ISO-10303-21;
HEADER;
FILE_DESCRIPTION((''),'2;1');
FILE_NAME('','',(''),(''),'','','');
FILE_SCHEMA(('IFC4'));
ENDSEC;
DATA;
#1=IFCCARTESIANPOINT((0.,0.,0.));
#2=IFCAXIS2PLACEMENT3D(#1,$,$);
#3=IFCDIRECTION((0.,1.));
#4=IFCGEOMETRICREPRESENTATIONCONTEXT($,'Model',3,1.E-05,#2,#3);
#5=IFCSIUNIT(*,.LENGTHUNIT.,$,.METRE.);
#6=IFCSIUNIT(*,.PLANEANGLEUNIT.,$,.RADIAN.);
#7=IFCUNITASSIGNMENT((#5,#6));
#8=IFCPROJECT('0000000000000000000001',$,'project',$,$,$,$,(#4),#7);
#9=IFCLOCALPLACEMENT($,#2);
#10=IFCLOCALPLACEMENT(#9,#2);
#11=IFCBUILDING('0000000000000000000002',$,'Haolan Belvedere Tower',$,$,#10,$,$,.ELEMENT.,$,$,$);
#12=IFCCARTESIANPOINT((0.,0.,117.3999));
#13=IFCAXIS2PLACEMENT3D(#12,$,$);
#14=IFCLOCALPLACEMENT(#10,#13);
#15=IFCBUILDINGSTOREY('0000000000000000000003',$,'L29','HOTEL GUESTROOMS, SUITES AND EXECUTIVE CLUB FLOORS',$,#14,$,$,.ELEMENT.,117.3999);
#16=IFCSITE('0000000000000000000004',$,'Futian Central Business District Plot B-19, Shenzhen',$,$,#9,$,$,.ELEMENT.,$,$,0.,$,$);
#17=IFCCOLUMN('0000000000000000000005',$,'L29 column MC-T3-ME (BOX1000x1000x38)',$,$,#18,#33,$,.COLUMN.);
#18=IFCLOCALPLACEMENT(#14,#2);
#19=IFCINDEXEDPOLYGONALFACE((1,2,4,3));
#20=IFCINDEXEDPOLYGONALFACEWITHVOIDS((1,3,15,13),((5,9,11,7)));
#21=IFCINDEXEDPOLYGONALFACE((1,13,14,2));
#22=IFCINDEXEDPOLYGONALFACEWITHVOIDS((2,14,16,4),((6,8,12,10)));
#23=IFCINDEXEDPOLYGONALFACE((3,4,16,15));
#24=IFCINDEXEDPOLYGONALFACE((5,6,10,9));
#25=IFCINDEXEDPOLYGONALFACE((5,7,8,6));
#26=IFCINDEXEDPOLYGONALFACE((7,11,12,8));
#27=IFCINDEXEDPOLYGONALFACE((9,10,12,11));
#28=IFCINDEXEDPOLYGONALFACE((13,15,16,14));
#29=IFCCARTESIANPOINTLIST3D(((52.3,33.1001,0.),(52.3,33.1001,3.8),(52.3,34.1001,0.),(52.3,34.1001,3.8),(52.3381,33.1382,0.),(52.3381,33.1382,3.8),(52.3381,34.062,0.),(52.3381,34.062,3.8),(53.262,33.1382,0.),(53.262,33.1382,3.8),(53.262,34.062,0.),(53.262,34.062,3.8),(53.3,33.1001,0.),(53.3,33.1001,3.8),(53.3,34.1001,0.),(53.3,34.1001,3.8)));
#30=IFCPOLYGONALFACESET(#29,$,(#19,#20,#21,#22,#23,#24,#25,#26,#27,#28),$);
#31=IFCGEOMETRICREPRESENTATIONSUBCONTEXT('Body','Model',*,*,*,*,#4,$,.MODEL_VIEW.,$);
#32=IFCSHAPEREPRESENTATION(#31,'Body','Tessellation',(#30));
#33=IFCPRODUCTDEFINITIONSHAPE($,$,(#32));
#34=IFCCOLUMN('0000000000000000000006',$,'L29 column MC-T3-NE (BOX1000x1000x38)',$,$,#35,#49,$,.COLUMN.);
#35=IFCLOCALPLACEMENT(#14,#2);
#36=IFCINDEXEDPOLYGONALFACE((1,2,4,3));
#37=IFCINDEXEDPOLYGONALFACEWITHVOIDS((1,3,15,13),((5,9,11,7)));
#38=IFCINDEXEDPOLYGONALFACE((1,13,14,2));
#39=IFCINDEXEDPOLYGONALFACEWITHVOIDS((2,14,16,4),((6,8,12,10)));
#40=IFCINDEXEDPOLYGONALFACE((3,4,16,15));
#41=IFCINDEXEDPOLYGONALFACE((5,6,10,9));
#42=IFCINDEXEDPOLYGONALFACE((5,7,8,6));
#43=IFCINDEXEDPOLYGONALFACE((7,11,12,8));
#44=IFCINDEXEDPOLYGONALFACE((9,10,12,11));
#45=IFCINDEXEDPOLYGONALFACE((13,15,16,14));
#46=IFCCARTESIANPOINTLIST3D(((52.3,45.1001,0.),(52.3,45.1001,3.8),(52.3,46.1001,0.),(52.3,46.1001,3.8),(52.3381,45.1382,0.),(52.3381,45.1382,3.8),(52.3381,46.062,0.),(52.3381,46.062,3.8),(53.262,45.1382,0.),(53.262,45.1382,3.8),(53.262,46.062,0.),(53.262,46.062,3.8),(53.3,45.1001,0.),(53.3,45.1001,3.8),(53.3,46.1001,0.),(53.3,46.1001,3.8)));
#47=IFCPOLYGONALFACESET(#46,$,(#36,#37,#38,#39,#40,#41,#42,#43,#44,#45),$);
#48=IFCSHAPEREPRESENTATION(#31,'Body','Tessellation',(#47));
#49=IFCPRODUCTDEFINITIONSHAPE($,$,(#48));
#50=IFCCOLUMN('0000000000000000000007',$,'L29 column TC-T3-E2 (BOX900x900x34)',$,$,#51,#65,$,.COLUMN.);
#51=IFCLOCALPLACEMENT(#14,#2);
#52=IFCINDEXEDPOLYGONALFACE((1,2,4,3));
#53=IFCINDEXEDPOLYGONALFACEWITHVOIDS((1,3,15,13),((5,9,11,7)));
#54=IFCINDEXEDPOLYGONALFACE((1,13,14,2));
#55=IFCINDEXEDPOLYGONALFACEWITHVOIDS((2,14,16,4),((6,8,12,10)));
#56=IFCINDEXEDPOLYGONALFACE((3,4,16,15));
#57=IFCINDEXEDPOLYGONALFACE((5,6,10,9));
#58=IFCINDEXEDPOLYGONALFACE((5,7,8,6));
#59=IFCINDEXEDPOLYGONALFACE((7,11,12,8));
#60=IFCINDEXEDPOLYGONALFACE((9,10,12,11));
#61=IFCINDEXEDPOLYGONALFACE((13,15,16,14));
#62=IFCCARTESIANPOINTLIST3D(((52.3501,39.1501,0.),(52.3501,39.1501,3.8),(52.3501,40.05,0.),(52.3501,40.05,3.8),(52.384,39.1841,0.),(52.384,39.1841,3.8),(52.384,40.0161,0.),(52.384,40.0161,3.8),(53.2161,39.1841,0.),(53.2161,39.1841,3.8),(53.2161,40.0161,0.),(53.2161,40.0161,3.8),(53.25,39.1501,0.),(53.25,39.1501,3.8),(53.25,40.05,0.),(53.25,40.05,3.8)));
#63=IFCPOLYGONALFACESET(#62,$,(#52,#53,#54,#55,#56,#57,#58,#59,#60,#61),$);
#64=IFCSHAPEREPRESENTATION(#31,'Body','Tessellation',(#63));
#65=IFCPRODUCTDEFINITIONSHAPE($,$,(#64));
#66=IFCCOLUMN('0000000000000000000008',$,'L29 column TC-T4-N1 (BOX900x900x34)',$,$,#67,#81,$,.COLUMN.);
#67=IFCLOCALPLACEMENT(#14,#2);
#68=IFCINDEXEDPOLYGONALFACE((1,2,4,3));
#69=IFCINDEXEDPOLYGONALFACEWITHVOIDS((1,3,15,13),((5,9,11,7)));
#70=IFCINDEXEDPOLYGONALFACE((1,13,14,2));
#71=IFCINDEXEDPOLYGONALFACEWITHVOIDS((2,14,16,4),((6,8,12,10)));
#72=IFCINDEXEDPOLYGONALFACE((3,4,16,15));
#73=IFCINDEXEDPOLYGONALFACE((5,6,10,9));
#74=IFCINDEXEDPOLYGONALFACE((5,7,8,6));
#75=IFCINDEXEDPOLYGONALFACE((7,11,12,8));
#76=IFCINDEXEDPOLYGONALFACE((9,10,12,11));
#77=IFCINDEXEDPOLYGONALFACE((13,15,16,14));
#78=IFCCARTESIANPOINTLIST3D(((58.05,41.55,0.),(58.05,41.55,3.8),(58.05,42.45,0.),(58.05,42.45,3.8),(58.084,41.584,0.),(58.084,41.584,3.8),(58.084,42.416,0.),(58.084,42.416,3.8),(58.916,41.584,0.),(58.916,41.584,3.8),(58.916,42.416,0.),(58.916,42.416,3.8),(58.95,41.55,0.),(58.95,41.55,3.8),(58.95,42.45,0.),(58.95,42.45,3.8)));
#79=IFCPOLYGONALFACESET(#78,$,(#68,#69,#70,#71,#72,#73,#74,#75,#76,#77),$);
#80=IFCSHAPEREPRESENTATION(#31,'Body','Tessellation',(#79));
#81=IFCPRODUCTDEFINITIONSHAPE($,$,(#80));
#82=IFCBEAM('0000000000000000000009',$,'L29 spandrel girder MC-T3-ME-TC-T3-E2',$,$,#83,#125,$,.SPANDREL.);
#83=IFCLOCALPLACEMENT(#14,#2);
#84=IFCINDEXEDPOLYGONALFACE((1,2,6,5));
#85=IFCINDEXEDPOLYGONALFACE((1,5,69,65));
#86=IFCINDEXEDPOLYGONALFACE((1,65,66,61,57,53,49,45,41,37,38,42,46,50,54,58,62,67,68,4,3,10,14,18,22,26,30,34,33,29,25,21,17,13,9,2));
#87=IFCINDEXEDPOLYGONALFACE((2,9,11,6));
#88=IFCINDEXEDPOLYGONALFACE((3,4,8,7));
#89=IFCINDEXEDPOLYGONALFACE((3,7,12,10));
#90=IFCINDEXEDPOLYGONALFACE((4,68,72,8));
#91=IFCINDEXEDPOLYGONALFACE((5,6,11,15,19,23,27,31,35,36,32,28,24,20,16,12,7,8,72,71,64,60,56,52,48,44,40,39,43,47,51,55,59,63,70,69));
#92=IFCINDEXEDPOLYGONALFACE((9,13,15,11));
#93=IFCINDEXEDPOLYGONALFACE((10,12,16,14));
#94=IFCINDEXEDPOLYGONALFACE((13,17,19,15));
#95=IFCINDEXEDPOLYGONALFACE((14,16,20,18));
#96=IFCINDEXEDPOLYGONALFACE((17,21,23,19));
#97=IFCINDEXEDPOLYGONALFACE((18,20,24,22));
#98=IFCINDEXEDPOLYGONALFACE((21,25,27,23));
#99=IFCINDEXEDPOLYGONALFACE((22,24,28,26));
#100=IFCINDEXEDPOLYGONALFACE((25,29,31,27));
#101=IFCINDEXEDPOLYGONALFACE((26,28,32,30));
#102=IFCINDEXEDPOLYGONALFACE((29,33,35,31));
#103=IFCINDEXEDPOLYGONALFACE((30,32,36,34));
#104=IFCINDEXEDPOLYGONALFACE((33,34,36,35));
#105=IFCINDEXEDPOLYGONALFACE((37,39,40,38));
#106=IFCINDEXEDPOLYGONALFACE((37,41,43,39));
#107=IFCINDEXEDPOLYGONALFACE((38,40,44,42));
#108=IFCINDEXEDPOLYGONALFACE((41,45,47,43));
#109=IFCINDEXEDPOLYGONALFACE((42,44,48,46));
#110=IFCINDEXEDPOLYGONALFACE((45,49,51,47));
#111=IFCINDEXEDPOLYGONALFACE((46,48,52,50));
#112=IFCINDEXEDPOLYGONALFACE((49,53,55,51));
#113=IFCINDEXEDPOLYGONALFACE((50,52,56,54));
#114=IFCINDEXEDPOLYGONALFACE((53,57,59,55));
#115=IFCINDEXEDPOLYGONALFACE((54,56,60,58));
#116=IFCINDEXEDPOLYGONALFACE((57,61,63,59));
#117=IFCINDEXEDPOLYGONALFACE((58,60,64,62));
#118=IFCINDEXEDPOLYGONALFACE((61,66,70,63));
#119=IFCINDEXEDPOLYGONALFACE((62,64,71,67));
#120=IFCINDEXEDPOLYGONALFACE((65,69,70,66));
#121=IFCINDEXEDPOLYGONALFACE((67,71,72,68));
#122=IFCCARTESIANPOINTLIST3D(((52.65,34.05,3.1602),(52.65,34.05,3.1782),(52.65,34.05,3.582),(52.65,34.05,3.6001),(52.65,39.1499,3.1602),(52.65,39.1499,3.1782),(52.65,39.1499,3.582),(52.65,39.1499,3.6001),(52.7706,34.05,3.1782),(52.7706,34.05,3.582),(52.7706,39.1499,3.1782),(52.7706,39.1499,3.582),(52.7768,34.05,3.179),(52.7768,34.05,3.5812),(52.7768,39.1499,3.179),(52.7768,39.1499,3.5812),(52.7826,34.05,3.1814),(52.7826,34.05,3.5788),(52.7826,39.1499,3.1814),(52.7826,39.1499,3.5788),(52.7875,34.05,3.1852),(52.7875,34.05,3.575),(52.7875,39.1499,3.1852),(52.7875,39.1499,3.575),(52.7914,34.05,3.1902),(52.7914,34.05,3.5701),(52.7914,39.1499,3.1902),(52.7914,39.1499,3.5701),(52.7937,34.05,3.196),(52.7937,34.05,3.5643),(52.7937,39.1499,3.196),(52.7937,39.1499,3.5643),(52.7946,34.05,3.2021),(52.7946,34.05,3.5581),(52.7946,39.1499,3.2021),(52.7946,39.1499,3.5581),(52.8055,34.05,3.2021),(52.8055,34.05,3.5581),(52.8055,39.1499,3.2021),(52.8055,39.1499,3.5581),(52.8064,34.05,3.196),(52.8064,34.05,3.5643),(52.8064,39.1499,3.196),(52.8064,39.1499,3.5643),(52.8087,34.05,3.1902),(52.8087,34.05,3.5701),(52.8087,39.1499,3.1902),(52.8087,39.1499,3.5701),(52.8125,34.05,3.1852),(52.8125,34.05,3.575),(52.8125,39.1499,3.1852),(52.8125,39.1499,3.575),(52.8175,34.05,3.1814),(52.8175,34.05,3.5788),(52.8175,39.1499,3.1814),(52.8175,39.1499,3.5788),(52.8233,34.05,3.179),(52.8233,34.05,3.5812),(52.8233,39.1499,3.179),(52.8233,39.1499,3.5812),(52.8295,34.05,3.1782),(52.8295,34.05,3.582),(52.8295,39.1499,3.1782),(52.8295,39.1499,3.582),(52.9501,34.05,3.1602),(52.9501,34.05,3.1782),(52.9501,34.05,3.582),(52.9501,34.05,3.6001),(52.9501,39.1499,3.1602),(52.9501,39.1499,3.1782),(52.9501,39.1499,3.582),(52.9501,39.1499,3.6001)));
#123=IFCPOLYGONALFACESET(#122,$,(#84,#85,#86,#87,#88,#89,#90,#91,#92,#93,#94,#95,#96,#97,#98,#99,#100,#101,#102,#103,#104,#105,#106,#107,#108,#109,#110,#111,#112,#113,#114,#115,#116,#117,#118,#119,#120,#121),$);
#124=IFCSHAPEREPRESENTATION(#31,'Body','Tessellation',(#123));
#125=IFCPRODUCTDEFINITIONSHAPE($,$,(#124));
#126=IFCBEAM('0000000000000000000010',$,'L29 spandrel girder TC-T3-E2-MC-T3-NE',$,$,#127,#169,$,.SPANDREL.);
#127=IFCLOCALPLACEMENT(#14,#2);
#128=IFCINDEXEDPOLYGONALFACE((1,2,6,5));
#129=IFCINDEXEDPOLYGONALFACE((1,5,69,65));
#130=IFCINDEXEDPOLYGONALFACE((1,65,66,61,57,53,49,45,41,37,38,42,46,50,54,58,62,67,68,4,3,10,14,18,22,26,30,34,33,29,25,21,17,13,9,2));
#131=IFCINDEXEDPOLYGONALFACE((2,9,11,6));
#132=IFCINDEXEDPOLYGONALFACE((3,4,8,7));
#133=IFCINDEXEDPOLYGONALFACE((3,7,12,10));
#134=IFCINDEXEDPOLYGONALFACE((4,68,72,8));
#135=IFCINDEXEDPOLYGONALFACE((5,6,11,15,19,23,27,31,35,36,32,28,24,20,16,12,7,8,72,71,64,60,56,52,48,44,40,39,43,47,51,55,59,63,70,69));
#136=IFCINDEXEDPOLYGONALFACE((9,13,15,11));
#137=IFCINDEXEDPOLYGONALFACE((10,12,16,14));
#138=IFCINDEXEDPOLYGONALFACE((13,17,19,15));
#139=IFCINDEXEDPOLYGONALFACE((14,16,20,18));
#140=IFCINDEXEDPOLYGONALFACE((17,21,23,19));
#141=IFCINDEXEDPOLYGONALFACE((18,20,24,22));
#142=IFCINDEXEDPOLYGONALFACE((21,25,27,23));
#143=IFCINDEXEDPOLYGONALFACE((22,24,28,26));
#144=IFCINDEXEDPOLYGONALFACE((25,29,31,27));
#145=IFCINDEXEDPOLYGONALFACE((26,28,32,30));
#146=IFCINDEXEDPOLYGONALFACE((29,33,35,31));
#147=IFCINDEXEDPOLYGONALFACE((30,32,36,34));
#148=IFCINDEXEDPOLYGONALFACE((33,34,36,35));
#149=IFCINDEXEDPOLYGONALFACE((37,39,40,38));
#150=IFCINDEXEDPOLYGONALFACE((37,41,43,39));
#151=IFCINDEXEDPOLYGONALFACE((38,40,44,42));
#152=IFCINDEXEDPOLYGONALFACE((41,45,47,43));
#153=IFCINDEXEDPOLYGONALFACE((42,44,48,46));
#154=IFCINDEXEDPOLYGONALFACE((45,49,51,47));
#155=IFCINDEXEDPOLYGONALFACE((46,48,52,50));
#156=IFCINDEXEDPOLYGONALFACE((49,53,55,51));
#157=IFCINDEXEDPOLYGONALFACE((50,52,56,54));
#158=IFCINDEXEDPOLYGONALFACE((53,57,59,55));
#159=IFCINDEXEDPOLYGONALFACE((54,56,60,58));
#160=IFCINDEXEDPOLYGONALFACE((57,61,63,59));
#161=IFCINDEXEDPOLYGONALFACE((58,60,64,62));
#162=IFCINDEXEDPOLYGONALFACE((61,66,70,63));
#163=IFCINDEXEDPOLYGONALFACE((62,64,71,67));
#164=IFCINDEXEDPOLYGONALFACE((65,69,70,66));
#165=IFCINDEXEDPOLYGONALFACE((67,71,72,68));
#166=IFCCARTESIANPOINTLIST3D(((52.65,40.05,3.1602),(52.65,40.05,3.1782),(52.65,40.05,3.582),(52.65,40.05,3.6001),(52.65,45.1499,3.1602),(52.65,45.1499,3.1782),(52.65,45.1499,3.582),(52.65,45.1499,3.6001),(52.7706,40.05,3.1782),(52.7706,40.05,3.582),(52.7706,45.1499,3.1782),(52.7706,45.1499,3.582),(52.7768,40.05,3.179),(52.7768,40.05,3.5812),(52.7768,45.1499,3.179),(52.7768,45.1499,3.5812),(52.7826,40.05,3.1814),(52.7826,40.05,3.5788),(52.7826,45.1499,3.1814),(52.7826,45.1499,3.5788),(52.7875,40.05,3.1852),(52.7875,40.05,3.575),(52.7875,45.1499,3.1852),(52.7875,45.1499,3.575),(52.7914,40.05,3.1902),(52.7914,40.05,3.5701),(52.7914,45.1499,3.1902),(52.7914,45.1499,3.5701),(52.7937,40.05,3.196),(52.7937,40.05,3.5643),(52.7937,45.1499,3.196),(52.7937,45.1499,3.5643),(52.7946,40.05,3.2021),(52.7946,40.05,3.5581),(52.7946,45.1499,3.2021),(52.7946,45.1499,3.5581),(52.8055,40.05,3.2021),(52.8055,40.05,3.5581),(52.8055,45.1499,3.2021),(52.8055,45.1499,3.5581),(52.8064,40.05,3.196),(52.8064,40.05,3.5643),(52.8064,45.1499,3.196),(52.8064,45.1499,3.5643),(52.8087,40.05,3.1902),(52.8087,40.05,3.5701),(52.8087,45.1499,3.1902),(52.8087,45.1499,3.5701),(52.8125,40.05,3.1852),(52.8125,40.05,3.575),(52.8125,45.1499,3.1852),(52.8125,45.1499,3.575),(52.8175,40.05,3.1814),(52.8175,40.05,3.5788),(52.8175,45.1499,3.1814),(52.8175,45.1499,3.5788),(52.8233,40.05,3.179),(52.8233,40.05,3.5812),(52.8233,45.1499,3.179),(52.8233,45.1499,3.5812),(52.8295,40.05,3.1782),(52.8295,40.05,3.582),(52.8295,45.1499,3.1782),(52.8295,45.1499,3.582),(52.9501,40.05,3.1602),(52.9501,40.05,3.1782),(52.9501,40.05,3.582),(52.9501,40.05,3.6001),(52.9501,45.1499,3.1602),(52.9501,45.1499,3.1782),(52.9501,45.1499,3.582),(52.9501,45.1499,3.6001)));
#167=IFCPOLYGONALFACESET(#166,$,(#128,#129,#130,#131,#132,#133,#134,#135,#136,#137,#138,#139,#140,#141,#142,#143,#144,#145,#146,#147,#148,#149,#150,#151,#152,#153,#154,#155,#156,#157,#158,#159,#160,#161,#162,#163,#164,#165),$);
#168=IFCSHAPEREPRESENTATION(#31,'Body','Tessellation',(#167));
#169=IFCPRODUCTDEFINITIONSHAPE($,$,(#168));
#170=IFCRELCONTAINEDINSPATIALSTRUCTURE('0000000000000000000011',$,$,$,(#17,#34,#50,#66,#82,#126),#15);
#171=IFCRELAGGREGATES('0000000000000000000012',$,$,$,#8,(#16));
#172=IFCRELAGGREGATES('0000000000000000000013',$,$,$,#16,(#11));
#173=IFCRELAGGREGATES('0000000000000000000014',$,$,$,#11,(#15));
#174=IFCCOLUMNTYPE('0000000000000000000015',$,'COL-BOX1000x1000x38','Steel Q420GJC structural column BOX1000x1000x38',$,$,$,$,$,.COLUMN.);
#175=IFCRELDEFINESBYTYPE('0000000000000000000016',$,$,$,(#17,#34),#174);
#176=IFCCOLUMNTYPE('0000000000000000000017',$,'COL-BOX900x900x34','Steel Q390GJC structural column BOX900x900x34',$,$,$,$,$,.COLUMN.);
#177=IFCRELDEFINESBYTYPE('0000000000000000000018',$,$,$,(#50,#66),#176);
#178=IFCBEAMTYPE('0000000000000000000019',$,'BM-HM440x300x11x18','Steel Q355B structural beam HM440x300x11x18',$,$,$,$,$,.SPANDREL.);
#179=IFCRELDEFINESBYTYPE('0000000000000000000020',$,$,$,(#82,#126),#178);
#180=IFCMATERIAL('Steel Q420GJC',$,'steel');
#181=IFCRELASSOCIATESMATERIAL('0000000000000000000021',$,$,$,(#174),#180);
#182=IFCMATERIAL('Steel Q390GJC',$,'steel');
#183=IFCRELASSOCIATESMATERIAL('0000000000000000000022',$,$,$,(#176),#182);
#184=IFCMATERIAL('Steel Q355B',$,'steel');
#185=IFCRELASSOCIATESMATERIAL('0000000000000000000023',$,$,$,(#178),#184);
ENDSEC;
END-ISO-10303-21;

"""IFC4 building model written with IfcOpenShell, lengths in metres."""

from ifc_helpers import new_model, si_unit, direction, frame, origin, origin_2d, place, context, subcontext, project, spatial, hollow_rectangle, i_section, extrude, material, material_profile, profile_set, type_object, element, save


model = new_model("IFC4")

# Units and contexts
model_context = context("Model", 3, precision=1e-05, world=origin(), true_north=direction((0.0, 1.0)))
body_context = subcontext(model_context, "Body", "Model", "MODEL_VIEW")
ifc_project = project(units=[si_unit("LENGTHUNIT", "METRE"), si_unit("PLANEANGLEUNIT", "RADIAN")], contexts=[model_context])

# Site, building, storey
site_placement = place(None, origin())
site = spatial("IfcSite", under=ifc_project, at=site_placement, Name="Futian Central Business District Plot B-19, Shenzhen", CompositionType="ELEMENT", RefElevation=0.0)
building_placement = place(site_placement, origin())
building = spatial("IfcBuilding", under=site, at=building_placement, Name="Haolan Belvedere Tower", CompositionType="ELEMENT")
storey_placement = place(building_placement, frame((0.0, 0.0, 117.3999)))
storey = spatial("IfcBuildingStorey", under=building, at=storey_placement, Name="L29", Description="HOTEL GUESTROOMS, SUITES AND EXECUTIVE CLUB FLOORS", CompositionType="ELEMENT", Elevation=117.3999)

# Columns
ifc_material_1 = material(Name="Steel Q420GJC", Category="steel")
ifc_material_profile_1 = material_profile(ifc_material_1, hollow_rectangle(XDim=1.0, YDim=1.0, WallThickness=0.0381, at=origin_2d()), Name="Steel Q420GJC")
ifc_profile_set_1 = profile_set([ifc_material_profile_1], Name="Steel Q420GJC")
column_type_1 = type_object("IfcColumnType", Name="COL-BOX1000x1000x38", Description="Steel Q420GJC structural column BOX1000x1000x38", PredefinedType="COLUMN", material=ifc_profile_set_1)
for number, where, z_axis, x_axis, name in (
    (1, (52.8, 33.6001, 0.0), (0.0, 0.0, 1.0), (1.0, 0.0, 0.0), "L29 column MC-T3-ME (BOX1000x1000x38)"),
    (2, (52.8, 45.6001, 0.0), (0.0, 0.0, 1.0), (1.0, 0.0, 0.0), "L29 column MC-T3-NE (BOX1000x1000x38)"),
):
    element("IfcColumn", number, at=place(storey_placement, frame(where, z_axis=z_axis, x_axis=x_axis)), inside=storey, type_object=column_type_1, Name=name, PredefinedType="COLUMN", context=body_context, shape_type="SweptSolid", body=[
        extrude(hollow_rectangle(XDim=1.0, YDim=1.0, WallThickness=0.0381, at=origin_2d()), origin(), (0.0, 0.0, 1.0), 3.8),
    ])
ifc_material_2 = material(Name="Steel Q390GJC", Category="steel")
ifc_material_profile_2 = material_profile(ifc_material_2, hollow_rectangle(XDim=0.8999, YDim=0.8999, WallThickness=0.0339, at=origin_2d()), Name="Steel Q390GJC")
ifc_profile_set_2 = profile_set([ifc_material_profile_2], Name="Steel Q390GJC")
column_type_2 = type_object("IfcColumnType", Name="COL-BOX900x900x34", Description="Steel Q390GJC structural column BOX900x900x34", PredefinedType="COLUMN", material=ifc_profile_set_2)
for number, where, z_axis, x_axis, name in (
    (3, (52.8, 39.6001, 0.0), (0.0, 0.0, 1.0), (1.0, 0.0, 0.0), "L29 column TC-T3-E2 (BOX900x900x34)"),
    (4, (58.5, 42.0, 0.0), (0.0, 0.0, 1.0), (1.0, 0.0, 0.0), "L29 column TC-T4-N1 (BOX900x900x34)"),
):
    element("IfcColumn", number, at=place(storey_placement, frame(where, z_axis=z_axis, x_axis=x_axis)), inside=storey, type_object=column_type_2, Name=name, PredefinedType="COLUMN", context=body_context, shape_type="SweptSolid", body=[
        extrude(hollow_rectangle(XDim=0.8999, YDim=0.8999, WallThickness=0.0339, at=origin_2d()), origin(), (0.0, 0.0, 1.0), 3.8),
    ])

# Beams
ifc_material_3 = material(Name="Steel Q355B", Category="steel")
ifc_material_profile_3 = material_profile(ifc_material_3, i_section(OverallWidth=0.3, OverallDepth=0.4399, WebThickness=0.011, FlangeThickness=0.0181, FilletRadius=0.0239, at=origin_2d()), Name="Steel Q355B")
ifc_profile_set_3 = profile_set([ifc_material_profile_3], Name="Steel Q355B")
beam_type_1 = type_object("IfcBeamType", Name="BM-HM440x300x11x18", Description="Steel Q355B structural beam HM440x300x11x18", PredefinedType="SPANDREL", material=ifc_profile_set_3)
for number, where, z_axis, x_axis, name in (
    (5, (52.8, 34.05, 3.3801), (0.0, 1.0, 0.0), (-1.0, 0.0, 0.0), "L29 spandrel girder MC-T3-ME-TC-T3-E2"),
    (6, (52.8, 40.05, 3.3801), (0.0, 1.0, 0.0), (-1.0, 0.0, 0.0), "L29 spandrel girder TC-T3-E2-MC-T3-NE"),
):
    element("IfcBeam", number, at=place(storey_placement, frame(where, z_axis=z_axis, x_axis=x_axis)), inside=storey, type_object=beam_type_1, Name=name, PredefinedType="SPANDREL", context=body_context, shape_type="SweptSolid", body=[
        extrude(i_section(OverallWidth=0.3, OverallDepth=0.4399, WebThickness=0.011, FlangeThickness=0.0181, FilletRadius=0.0239, at=origin_2d()), origin(), (0.0, 0.0, 1.0), 5.0999),
    ])

save(model, "model.ifc")
